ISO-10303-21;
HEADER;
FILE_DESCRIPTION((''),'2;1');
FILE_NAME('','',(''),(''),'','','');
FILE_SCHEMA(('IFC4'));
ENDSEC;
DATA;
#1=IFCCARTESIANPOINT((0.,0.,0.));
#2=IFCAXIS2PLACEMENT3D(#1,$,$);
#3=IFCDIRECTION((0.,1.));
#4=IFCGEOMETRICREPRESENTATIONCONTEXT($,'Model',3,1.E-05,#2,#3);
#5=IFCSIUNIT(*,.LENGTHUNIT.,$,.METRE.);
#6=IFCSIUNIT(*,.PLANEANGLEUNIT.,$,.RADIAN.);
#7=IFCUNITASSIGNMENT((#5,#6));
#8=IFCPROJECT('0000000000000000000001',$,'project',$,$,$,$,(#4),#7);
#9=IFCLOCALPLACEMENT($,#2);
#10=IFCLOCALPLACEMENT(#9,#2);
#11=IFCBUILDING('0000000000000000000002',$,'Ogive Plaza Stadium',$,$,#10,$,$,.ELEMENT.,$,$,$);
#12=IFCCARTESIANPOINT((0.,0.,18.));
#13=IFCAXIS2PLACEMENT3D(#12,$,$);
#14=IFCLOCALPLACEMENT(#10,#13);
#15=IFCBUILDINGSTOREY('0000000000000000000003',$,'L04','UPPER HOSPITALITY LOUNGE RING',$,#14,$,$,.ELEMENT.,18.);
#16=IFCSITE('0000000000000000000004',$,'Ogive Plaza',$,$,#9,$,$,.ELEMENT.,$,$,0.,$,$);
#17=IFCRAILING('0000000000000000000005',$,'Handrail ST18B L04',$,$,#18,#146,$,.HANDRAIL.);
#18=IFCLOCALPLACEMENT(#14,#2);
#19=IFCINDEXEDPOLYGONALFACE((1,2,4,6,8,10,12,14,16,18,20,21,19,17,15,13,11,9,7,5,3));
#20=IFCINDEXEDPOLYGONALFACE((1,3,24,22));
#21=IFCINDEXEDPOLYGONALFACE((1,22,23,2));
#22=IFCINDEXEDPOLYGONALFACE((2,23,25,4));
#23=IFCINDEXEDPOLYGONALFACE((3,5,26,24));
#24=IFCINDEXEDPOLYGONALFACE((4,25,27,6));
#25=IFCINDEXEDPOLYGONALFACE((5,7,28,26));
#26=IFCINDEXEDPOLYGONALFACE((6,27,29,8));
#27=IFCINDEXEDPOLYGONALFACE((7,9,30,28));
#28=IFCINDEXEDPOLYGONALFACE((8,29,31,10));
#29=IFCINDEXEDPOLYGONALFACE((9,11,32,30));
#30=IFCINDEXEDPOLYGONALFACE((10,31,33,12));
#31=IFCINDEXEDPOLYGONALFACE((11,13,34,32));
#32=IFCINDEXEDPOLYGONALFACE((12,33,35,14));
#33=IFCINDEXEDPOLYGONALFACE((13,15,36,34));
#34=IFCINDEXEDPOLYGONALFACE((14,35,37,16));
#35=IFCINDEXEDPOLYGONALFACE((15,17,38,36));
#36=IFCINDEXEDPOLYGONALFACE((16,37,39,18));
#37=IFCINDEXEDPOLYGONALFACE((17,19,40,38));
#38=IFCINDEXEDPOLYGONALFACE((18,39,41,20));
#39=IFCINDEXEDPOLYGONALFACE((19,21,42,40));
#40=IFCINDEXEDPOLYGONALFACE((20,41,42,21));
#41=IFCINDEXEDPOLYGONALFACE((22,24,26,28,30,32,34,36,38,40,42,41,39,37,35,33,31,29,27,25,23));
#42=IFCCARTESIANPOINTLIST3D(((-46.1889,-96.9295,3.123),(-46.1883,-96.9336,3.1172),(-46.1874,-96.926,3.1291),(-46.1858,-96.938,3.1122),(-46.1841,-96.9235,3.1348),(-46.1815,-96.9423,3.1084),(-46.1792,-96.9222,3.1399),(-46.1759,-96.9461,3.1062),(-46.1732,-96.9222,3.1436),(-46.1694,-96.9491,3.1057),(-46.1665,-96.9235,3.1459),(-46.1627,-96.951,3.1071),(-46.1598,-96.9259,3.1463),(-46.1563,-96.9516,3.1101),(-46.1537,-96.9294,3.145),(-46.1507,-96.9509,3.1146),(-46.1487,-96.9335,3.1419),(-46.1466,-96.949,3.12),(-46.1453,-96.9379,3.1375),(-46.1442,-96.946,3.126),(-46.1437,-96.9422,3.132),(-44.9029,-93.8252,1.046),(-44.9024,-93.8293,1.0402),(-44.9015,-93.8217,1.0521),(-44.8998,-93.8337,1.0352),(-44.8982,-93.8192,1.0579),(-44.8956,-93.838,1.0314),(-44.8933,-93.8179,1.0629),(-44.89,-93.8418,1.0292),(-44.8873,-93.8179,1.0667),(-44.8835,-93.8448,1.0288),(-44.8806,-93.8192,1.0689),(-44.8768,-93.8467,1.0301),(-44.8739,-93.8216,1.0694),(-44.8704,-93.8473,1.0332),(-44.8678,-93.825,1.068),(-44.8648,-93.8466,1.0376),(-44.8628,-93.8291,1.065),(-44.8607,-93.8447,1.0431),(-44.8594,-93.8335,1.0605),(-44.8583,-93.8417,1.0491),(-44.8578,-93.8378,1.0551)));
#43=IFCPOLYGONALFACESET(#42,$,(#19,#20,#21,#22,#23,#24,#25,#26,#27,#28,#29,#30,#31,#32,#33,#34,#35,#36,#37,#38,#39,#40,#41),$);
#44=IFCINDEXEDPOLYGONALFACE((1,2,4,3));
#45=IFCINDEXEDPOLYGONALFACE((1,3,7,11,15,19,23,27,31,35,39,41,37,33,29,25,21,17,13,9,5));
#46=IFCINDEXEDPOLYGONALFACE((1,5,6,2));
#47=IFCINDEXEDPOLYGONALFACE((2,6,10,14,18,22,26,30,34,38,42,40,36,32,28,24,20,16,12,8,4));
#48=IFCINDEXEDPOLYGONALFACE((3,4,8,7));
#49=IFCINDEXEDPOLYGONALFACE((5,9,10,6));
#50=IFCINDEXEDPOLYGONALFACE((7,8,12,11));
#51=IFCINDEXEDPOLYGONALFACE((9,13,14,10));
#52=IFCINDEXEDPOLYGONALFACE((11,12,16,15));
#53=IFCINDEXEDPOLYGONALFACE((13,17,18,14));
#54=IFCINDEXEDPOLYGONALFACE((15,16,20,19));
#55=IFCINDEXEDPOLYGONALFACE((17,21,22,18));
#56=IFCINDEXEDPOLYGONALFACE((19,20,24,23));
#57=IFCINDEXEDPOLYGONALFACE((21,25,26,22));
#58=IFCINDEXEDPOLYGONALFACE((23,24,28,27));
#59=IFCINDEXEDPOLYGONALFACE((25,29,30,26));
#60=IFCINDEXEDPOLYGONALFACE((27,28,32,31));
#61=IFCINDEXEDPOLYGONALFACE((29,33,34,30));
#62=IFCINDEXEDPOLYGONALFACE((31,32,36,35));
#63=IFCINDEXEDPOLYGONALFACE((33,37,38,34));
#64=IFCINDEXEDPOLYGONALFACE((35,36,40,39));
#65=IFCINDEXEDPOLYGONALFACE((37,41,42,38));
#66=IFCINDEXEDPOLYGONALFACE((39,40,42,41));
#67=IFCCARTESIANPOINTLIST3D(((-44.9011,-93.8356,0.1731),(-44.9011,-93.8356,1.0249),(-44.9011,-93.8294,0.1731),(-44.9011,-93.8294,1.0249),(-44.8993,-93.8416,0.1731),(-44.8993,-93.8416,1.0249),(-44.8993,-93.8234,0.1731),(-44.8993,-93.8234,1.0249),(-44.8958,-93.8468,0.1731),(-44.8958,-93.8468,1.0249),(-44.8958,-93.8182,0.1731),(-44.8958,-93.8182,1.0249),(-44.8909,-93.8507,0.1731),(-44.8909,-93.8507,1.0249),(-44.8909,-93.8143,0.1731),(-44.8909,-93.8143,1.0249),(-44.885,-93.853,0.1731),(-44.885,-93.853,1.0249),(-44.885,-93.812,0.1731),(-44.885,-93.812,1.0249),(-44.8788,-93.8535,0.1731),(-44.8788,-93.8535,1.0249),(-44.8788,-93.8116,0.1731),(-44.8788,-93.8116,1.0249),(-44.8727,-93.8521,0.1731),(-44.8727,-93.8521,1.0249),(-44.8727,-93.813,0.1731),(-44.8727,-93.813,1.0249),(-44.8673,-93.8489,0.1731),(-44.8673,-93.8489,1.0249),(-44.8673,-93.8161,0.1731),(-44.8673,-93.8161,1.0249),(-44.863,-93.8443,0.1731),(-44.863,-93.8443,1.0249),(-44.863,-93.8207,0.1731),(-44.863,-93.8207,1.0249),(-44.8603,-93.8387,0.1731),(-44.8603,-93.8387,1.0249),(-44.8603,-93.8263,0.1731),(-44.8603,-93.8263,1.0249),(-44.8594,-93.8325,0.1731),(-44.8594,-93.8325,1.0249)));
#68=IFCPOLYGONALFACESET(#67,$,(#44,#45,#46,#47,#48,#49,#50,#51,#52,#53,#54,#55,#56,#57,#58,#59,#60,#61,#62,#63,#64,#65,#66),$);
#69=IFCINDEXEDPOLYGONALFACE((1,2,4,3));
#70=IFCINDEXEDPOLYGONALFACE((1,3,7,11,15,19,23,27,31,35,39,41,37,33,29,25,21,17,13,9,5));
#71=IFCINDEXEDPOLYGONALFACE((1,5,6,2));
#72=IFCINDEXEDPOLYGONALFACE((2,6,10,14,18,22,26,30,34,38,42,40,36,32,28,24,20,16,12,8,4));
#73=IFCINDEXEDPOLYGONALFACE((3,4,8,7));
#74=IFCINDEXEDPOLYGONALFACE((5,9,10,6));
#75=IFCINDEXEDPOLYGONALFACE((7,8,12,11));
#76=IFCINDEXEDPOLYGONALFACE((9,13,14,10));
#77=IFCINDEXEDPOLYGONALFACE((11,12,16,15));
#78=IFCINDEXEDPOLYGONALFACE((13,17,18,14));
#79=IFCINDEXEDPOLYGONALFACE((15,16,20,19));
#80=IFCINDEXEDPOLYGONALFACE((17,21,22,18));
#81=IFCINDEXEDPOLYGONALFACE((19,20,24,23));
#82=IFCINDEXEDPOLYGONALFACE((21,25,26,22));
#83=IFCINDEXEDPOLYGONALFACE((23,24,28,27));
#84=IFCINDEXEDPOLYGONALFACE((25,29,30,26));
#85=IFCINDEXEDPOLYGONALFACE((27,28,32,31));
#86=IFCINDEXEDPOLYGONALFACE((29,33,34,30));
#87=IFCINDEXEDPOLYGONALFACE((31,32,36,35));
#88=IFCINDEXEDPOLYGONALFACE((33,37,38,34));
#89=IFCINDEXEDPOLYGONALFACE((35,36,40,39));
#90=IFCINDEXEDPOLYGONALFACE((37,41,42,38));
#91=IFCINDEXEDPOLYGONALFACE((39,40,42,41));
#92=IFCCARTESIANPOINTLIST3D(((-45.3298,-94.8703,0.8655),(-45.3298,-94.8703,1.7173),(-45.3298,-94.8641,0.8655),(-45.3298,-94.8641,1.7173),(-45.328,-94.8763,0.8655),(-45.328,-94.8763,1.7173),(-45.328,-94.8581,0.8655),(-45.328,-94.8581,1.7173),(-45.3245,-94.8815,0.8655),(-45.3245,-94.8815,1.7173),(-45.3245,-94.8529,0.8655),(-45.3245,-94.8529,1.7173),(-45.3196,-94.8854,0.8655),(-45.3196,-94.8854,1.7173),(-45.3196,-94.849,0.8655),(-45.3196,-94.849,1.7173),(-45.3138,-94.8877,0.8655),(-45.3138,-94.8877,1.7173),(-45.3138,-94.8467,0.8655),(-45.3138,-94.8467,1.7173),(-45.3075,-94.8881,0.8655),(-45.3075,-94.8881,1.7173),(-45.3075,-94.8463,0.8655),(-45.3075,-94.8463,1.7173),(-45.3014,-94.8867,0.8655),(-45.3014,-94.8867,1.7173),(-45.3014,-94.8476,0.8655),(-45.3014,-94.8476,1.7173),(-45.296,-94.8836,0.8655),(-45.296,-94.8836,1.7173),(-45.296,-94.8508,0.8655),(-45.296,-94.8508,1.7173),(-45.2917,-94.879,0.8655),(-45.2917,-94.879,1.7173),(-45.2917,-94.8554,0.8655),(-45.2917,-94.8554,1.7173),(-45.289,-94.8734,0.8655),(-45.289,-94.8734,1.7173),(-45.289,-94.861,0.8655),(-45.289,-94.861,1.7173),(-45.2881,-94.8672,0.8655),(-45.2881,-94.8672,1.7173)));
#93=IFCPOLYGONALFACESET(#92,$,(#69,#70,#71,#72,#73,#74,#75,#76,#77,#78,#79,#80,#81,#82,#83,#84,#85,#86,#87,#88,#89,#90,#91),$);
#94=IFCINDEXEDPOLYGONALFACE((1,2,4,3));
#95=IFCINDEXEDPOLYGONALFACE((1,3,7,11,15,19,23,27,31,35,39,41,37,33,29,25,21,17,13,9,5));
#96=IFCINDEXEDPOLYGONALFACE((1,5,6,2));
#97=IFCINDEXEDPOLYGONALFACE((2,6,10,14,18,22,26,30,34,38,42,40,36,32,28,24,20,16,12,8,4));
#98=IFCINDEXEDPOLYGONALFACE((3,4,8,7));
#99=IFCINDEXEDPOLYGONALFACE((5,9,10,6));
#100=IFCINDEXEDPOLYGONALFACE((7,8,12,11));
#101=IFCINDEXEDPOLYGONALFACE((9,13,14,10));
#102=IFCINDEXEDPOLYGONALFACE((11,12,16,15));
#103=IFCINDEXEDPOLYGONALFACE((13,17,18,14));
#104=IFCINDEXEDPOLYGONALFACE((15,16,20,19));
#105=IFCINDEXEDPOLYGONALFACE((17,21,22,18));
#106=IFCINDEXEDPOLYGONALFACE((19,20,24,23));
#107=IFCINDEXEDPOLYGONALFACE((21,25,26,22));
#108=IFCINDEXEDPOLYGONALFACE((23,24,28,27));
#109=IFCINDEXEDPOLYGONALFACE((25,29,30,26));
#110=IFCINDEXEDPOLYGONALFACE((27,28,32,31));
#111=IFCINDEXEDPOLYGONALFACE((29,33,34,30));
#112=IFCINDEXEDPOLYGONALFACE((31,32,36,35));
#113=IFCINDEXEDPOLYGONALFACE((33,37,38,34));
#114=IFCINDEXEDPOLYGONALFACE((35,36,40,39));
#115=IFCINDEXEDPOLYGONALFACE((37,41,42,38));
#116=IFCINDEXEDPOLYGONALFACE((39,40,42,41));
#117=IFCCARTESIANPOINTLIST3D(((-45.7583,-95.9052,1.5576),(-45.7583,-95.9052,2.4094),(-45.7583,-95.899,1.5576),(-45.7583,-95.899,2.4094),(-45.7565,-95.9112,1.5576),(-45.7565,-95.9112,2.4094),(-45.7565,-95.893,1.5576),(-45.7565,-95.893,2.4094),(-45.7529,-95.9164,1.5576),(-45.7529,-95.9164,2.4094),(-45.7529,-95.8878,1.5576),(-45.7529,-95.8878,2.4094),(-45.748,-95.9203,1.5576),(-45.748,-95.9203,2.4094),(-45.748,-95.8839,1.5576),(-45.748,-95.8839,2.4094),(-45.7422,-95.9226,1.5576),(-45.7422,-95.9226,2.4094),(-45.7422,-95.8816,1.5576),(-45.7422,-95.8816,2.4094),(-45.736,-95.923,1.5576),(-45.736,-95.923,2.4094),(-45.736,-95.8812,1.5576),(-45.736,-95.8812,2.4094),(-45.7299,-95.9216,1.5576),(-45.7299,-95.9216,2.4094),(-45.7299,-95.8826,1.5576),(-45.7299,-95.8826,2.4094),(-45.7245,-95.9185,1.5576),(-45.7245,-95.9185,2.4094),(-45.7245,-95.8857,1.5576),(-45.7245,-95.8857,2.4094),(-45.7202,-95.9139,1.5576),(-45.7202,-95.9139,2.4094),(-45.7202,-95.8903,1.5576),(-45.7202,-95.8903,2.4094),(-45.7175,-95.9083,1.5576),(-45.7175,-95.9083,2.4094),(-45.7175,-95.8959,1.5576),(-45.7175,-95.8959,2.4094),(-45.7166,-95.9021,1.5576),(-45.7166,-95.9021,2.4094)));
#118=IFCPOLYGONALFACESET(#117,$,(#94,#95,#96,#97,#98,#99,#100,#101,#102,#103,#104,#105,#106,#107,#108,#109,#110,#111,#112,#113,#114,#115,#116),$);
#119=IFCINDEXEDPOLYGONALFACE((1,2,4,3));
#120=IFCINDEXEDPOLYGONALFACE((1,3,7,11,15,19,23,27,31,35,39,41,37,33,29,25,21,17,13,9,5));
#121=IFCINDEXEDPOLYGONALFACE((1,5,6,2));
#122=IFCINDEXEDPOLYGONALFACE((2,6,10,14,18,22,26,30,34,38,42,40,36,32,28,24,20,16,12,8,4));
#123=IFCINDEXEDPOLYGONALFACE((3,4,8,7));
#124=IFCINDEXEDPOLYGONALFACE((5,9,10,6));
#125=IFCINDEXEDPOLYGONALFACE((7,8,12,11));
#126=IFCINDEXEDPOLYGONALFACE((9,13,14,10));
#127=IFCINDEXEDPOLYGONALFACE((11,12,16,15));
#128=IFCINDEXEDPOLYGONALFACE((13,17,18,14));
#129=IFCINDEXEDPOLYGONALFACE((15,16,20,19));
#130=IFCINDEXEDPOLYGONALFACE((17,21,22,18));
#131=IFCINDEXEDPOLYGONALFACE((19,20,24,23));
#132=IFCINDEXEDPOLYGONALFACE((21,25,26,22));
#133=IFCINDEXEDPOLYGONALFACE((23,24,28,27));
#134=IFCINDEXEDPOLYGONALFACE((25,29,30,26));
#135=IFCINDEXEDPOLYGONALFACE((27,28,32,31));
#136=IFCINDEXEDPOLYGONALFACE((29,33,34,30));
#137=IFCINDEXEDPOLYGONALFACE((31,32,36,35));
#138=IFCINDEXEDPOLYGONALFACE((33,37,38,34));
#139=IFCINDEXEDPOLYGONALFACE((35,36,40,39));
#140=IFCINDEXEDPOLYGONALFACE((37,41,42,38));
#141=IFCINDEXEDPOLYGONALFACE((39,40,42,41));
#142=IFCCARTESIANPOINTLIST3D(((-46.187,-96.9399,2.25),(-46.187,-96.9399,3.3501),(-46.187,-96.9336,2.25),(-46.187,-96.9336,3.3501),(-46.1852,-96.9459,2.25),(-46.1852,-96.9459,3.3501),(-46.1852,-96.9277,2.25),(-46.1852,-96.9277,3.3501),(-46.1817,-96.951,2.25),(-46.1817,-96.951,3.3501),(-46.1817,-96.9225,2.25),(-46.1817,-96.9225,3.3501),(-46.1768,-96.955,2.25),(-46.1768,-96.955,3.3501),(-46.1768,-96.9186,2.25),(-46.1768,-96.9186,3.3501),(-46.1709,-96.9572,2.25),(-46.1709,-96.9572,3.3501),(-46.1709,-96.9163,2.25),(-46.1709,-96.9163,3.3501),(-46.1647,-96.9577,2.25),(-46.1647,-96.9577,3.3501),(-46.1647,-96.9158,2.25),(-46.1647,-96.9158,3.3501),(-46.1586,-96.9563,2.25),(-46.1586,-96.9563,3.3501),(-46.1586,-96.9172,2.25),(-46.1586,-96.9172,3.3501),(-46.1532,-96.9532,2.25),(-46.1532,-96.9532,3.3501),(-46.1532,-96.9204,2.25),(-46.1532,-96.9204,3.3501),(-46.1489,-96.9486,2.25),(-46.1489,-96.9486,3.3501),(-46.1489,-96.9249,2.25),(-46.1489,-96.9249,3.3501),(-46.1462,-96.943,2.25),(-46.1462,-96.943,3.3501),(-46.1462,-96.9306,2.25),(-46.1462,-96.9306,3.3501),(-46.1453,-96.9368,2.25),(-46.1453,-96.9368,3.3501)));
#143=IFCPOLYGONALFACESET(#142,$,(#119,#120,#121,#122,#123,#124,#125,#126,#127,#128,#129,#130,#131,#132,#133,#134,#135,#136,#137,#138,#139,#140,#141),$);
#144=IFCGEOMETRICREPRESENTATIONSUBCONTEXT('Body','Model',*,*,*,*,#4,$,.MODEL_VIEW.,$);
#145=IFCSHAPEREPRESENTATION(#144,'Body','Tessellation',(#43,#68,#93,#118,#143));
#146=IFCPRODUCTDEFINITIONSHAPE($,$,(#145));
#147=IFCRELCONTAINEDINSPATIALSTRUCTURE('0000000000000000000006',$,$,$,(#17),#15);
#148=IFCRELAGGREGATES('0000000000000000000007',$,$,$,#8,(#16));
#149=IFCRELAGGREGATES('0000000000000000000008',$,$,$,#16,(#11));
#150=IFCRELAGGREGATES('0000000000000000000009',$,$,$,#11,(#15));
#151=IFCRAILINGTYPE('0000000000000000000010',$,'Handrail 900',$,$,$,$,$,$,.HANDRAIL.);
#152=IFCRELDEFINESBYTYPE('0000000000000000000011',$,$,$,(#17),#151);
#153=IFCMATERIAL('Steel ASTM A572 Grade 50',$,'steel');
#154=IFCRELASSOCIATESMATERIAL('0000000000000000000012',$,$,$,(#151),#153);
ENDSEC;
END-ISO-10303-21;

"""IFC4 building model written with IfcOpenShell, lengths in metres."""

from ifc_helpers import new_model, si_unit, direction, frame, origin, origin_2d, place, context, subcontext, project, spatial, circle, extrude, material, type_object, element, save


model = new_model("IFC4")

# Units and contexts
model_context = context("Model", 3, precision=1e-05, world=origin(), true_north=direction((0.0, 1.0)))
body_context = subcontext(model_context, "Body", "Model", "MODEL_VIEW")
ifc_project = project(units=[si_unit("LENGTHUNIT", "METRE"), si_unit("PLANEANGLEUNIT", "RADIAN")], contexts=[model_context])

# Site, building, storey
site_placement = place(None, origin())
site = spatial("IfcSite", under=ifc_project, at=site_placement, Name="Ogive Plaza", CompositionType="ELEMENT", RefElevation=0.0)
building_placement = place(site_placement, origin())
building = spatial("IfcBuilding", under=site, at=building_placement, Name="Ogive Plaza Stadium", CompositionType="ELEMENT")
storey_placement = place(building_placement, frame((0.0, 0.0, 18.0)))
storey = spatial("IfcBuildingStorey", under=building, at=storey_placement, Name="L04", Description="UPPER HOSPITALITY LOUNGE RING", CompositionType="ELEMENT", Elevation=18.0)

# Railing
ifc_material_1 = material(Name="Steel ASTM A572 Grade 50", Category="steel")
railing_type_1 = type_object("IfcRailingType", Name="Handrail 900", PredefinedType="HANDRAIL", material=ifc_material_1)
for number, where, name in (
    (1, (-44.8804, -93.8325, 0.1731), "Handrail ST18B L04"),
):
    element("IfcRailing", number, at=place(storey_placement, frame(where)), inside=storey, type_object=railing_type_1, Name=name, PredefinedType="HANDRAIL", context=body_context, shape_type="SweptSolid", body=[
        extrude(circle(Radius=0.0239, at=origin_2d()), frame((0.0, 0.0, 0.876), z_axis=(-0.325532, -0.785863, 0.525783), x_axis=(0.923872, -0.3827, 0.0)), (0.0, 0.0, 1.0), 3.9502),
        extrude(circle(Radius=0.021, at=origin_2d()), origin(), (0.0, 0.0, 1.0), 0.8518),
        extrude(circle(Radius=0.021, at=origin_2d()), frame((-0.4287, -1.0347, 0.6924)), (0.0, 0.0, 1.0), 0.8518),
        extrude(circle(Radius=0.021, at=origin_2d()), frame((-0.8572, -2.0696, 1.3845)), (0.0, 0.0, 1.0), 0.8518),
        extrude(circle(Radius=0.021, at=origin_2d()), frame((-1.2859, -3.1042, 2.0769)), (0.0, 0.0, 1.0), 1.1001),
    ])

save(model, "model.ifc")
